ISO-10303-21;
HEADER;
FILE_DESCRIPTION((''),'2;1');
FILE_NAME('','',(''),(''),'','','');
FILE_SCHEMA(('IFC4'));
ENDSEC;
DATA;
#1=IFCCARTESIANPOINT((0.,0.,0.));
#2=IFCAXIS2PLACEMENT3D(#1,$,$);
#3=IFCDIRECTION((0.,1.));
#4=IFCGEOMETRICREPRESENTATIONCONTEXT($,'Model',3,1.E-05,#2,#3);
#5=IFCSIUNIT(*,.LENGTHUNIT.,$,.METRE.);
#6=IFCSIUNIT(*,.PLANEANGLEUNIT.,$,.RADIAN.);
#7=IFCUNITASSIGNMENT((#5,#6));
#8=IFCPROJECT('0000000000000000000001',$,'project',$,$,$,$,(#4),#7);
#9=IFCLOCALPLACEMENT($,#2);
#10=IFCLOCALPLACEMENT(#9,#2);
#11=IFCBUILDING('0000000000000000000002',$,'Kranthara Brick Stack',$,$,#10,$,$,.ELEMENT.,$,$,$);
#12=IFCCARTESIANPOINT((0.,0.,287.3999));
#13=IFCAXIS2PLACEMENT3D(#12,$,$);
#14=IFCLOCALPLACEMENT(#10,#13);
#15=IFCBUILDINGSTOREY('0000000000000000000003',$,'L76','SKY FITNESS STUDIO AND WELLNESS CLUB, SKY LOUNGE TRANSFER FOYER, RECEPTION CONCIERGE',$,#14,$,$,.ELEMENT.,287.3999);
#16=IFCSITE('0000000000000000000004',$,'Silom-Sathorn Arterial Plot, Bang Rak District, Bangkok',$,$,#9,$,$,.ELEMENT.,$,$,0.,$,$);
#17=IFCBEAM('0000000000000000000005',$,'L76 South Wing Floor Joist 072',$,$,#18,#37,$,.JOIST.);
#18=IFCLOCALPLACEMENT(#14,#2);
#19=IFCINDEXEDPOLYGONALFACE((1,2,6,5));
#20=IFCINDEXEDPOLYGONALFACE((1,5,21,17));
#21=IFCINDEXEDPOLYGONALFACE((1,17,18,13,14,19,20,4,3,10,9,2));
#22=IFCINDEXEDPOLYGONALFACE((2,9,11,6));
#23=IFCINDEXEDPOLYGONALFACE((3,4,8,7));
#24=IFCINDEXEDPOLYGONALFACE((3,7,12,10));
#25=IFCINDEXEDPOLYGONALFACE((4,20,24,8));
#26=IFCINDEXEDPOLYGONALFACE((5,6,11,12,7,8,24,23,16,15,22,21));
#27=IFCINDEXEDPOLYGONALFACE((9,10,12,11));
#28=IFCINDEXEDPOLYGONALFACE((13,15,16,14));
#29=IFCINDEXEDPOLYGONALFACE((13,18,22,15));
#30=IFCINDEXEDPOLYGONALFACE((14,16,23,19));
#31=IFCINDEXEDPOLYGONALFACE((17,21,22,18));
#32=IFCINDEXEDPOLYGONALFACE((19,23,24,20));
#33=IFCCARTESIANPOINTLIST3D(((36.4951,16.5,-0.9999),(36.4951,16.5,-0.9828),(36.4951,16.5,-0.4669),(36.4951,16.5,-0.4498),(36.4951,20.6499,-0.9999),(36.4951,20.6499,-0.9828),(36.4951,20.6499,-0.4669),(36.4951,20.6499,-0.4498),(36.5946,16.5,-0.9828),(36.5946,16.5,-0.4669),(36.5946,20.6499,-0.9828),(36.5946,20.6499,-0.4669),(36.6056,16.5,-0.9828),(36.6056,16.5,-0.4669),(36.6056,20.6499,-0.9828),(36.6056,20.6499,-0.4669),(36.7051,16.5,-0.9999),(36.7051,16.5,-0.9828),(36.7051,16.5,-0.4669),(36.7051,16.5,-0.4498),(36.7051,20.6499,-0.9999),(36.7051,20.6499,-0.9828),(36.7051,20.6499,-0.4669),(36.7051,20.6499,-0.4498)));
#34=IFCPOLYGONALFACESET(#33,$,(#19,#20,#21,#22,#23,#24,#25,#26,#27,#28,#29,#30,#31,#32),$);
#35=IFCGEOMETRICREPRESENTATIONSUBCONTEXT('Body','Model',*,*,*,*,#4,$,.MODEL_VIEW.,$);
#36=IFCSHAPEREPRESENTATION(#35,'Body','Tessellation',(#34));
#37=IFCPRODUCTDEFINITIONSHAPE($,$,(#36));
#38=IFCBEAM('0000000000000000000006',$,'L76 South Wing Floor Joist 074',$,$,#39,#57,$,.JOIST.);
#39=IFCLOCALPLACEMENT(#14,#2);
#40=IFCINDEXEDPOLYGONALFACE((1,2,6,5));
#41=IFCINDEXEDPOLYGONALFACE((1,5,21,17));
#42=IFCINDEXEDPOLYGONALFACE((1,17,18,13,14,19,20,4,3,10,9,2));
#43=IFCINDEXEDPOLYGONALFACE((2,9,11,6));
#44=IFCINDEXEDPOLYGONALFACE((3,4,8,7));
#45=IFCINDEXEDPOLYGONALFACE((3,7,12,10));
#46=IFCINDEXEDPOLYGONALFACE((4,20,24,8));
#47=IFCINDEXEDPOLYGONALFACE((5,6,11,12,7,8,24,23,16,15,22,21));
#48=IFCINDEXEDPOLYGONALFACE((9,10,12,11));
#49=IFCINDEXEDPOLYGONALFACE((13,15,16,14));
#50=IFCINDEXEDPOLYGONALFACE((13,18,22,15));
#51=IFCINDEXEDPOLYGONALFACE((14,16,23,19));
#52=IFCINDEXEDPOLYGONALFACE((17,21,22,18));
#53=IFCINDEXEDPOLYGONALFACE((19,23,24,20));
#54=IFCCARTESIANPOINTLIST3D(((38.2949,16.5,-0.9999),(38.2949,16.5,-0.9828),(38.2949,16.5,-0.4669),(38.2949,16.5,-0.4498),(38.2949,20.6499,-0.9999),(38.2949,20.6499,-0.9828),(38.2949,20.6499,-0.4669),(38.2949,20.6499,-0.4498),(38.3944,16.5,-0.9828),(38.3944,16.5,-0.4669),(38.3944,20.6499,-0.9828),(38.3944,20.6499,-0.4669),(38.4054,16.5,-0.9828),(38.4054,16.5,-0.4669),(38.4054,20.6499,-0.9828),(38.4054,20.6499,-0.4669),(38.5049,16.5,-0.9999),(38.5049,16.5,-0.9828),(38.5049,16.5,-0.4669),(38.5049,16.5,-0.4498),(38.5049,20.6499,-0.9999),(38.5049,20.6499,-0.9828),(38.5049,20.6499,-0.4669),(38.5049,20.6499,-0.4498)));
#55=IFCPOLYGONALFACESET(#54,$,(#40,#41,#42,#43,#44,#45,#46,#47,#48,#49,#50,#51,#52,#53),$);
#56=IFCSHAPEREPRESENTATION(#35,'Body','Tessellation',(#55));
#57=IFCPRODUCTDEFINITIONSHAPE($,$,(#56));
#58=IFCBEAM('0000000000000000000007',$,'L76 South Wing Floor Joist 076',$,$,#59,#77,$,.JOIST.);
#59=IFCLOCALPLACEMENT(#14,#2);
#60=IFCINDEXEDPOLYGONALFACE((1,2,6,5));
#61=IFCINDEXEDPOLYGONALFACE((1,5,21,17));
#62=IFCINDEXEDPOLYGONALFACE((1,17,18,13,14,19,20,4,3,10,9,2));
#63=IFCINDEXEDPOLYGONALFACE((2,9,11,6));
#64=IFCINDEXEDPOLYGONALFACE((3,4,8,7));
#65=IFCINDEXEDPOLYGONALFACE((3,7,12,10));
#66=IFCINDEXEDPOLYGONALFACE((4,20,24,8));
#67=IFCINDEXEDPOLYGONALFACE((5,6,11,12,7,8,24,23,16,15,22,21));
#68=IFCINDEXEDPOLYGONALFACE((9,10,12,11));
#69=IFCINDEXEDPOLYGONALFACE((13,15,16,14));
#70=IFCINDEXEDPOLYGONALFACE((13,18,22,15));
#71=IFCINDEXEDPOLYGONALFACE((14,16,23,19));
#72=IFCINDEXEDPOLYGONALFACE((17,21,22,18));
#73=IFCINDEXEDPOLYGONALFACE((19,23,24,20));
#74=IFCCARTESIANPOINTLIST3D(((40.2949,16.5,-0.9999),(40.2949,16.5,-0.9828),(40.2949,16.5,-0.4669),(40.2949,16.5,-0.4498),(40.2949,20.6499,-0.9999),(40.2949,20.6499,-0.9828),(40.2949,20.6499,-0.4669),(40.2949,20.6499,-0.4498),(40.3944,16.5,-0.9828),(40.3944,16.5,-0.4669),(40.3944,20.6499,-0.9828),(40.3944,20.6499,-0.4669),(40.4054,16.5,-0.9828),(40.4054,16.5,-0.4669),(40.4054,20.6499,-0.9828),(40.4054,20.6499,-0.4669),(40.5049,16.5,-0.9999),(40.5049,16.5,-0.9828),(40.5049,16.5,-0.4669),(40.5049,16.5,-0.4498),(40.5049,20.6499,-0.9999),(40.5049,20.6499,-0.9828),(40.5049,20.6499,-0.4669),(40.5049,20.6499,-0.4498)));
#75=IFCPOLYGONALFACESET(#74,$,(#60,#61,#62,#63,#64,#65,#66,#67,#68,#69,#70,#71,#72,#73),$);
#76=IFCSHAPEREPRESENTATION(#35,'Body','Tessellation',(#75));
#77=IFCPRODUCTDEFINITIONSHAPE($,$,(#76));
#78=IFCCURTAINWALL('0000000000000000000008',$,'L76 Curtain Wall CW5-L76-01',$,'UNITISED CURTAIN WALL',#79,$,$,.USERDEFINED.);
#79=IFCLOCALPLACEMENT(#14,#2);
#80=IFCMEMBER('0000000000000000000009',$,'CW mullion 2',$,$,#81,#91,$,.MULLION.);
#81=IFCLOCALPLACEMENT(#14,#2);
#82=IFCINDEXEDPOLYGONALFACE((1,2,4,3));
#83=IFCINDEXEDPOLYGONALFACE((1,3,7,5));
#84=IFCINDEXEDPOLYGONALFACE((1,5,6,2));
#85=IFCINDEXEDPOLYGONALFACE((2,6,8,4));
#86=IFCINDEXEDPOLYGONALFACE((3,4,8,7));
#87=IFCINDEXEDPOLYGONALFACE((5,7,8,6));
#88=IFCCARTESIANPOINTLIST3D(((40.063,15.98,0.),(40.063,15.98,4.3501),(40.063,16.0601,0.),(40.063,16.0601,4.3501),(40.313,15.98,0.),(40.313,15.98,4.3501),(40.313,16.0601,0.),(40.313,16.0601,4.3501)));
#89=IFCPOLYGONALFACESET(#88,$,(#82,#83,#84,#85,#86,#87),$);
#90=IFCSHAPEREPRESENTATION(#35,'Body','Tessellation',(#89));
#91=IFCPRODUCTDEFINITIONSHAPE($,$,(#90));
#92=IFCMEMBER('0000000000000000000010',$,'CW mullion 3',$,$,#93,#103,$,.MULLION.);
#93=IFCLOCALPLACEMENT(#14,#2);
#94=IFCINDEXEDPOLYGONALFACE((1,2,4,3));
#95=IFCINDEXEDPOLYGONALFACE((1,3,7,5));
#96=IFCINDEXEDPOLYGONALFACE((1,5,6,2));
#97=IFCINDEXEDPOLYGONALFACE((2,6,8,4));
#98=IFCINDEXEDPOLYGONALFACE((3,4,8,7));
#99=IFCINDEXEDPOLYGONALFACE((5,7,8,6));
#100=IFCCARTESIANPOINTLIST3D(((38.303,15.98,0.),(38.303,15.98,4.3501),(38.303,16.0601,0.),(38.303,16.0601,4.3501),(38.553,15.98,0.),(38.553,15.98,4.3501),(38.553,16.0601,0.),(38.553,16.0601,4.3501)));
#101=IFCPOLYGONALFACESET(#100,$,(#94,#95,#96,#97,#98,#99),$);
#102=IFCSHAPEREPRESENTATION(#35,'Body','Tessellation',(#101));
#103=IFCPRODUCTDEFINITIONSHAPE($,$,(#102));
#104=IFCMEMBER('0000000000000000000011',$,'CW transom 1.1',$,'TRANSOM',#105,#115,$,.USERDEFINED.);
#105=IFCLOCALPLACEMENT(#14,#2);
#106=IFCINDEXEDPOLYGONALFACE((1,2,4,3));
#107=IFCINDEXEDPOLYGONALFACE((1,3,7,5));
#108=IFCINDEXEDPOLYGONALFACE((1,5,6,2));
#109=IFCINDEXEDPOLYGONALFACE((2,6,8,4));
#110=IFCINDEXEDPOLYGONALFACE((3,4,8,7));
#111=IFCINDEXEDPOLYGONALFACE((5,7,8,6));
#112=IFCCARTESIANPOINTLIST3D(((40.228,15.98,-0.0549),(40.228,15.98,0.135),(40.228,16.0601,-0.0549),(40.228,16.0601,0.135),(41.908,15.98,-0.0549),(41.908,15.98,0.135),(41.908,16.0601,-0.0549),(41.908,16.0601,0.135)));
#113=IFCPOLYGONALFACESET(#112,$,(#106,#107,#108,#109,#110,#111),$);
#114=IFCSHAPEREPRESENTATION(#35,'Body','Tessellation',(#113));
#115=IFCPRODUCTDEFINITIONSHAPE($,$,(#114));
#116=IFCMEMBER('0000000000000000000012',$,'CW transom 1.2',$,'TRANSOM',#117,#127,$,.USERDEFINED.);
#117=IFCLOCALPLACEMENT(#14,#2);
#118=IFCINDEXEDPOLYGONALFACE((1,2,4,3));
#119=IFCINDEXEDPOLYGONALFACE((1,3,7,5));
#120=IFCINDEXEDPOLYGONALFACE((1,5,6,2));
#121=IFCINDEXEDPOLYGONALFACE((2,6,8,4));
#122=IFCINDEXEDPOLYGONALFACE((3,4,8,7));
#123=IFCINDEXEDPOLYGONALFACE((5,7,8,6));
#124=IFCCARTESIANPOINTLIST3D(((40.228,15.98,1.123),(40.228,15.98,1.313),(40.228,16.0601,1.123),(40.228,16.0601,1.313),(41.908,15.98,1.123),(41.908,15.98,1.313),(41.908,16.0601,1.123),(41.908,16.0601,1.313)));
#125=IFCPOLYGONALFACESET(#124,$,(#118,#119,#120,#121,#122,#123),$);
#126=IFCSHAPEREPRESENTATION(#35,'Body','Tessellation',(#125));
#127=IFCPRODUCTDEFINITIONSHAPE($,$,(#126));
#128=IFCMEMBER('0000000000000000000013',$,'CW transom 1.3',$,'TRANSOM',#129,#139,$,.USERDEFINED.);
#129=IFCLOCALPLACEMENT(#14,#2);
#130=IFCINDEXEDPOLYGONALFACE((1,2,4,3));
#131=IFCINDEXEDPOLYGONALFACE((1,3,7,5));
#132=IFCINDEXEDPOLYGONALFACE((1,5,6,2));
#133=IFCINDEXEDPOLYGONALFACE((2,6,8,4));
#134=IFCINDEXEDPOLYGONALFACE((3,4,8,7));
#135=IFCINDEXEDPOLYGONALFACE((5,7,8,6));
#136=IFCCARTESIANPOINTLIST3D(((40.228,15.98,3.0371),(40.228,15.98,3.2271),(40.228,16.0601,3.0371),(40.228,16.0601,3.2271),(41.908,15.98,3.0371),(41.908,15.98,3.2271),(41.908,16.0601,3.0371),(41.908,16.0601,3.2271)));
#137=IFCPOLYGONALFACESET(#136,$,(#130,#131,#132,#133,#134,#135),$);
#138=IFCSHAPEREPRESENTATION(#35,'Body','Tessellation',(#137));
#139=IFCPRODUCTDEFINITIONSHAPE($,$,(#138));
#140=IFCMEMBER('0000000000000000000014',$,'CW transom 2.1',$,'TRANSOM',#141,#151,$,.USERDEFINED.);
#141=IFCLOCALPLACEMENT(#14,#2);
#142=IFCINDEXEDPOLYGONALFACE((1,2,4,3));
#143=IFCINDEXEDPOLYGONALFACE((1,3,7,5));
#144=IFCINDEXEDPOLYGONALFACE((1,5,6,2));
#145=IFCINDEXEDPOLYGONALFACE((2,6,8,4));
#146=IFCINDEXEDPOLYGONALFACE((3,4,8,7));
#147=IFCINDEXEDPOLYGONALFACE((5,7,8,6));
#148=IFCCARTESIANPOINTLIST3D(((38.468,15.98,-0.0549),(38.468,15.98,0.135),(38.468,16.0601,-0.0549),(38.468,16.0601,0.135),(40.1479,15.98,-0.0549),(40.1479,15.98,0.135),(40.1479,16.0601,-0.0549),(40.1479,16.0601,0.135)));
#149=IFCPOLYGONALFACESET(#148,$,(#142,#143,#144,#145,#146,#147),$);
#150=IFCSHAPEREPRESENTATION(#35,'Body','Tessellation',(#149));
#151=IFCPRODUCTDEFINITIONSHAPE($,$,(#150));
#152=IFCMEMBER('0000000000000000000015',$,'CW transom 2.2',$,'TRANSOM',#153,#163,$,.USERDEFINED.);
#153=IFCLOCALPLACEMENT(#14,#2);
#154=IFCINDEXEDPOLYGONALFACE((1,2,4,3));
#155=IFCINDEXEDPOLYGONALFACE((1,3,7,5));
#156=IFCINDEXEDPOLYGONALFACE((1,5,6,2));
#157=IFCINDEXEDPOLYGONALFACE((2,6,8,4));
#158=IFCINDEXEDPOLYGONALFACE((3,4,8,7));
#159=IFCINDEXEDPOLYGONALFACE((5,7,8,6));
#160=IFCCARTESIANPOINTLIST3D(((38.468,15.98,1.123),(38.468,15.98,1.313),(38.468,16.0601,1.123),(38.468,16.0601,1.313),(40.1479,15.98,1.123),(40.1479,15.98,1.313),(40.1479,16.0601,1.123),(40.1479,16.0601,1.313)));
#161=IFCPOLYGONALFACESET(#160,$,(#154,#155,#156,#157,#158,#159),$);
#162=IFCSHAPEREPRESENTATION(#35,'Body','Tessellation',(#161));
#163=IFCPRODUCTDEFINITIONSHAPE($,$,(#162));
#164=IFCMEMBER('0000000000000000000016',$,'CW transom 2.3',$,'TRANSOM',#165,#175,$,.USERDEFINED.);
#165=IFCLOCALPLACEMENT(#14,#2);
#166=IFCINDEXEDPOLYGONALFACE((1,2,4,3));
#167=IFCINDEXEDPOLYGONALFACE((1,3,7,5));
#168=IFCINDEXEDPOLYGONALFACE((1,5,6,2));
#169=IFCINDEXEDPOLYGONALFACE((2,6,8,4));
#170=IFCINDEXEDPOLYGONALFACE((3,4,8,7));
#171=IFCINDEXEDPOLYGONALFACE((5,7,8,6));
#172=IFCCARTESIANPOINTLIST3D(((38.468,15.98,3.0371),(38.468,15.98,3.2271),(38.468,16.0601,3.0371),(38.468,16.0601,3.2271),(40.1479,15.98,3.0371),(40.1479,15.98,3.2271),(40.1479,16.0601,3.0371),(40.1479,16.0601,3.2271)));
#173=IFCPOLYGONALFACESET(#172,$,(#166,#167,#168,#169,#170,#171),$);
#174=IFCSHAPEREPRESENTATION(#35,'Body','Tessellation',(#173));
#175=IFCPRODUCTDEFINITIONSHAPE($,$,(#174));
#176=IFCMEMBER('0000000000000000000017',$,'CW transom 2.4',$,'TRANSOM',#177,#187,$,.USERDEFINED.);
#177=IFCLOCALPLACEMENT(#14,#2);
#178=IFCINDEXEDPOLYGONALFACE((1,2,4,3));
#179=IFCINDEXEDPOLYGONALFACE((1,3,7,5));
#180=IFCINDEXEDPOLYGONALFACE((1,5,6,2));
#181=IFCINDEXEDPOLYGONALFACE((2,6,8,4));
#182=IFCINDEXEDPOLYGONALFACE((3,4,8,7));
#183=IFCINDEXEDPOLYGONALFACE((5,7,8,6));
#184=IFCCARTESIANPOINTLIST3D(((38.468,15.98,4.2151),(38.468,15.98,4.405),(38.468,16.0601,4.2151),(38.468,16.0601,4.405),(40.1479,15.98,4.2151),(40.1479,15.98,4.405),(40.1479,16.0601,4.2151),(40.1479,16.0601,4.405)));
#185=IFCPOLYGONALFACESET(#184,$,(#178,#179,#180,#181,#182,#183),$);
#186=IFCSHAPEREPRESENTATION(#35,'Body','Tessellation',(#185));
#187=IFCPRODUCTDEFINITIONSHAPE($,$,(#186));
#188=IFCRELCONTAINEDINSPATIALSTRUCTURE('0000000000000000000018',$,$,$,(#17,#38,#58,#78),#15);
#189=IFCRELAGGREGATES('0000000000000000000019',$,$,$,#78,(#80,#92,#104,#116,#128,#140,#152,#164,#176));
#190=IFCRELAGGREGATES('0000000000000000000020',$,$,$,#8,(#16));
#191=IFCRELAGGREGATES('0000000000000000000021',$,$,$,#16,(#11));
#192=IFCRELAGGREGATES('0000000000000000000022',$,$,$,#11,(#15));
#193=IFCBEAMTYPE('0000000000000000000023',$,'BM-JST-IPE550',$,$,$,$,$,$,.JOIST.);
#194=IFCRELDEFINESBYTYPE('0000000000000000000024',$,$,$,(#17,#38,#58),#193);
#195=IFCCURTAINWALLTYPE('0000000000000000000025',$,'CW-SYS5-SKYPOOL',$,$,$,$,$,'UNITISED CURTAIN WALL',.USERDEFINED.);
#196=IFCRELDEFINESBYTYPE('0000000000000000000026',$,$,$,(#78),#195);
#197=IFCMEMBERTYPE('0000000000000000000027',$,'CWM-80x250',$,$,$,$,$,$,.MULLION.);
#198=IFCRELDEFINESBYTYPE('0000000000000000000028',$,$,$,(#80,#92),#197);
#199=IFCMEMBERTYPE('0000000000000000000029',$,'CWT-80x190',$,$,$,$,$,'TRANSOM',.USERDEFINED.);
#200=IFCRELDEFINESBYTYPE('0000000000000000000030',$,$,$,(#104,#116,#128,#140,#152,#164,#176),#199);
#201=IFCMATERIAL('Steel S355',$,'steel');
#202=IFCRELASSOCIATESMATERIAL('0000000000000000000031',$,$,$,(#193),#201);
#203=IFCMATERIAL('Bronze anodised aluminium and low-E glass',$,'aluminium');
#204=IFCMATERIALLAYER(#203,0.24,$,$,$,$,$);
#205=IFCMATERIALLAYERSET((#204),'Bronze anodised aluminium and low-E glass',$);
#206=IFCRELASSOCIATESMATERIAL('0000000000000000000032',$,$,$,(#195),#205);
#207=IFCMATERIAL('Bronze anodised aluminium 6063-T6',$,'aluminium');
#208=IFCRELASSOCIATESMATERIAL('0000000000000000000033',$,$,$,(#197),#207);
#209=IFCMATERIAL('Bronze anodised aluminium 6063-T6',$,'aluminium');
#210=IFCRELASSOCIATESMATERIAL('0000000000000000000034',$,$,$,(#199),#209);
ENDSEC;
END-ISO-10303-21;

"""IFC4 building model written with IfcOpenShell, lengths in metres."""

from ifc_helpers import new_model, si_unit, direction, frame, origin, origin_2d, place, context, subcontext, project, spatial, rectangle, i_section, extrude, material, layer, layer_set, material_profile, profile_set, type_object, element, aggregate, save


model = new_model("IFC4")

# Units and contexts
model_context = context("Model", 3, precision=1e-05, world=origin(), true_north=direction((0.0, 1.0)))
body_context = subcontext(model_context, "Body", "Model", "MODEL_VIEW")
ifc_project = project(units=[si_unit("LENGTHUNIT", "METRE"), si_unit("PLANEANGLEUNIT", "RADIAN")], contexts=[model_context])

# Site, building, storey
site_placement = place(None, origin())
site = spatial("IfcSite", under=ifc_project, at=site_placement, Name="Silom-Sathorn Arterial Plot, Bang Rak District, Bangkok", CompositionType="ELEMENT", RefElevation=0.0)
building_placement = place(site_placement, origin())
building = spatial("IfcBuilding", under=site, at=building_placement, Name="Kranthara Brick Stack", CompositionType="ELEMENT")
storey_placement = place(building_placement, frame((0.0, 0.0, 287.3999)))
storey = spatial("IfcBuildingStorey", under=building, at=storey_placement, Name="L76", Description="SKY FITNESS STUDIO AND WELLNESS CLUB, SKY LOUNGE TRANSFER FOYER, RECEPTION CONCIERGE", CompositionType="ELEMENT", Elevation=287.3999)

# Beams
ifc_material_1 = material(Name="Steel S355", Category="steel")
ifc_material_profile_1 = material_profile(ifc_material_1, i_section(OverallWidth=0.21, OverallDepth=0.55, WebThickness=0.011, FlangeThickness=0.0171, at=origin_2d()), Name="IPE 550")
ifc_profile_set_1 = profile_set([ifc_material_profile_1], Name="Steel S355")
beam_type = type_object("IfcBeamType", Name="BM-JST-IPE550", PredefinedType="JOIST", material=ifc_profile_set_1)
for number, where, z_axis, x_axis, name in (
    (1, (36.6001, 16.5, -0.7249), (0.0, 1.0, 0.0), (-1.0, 0.0, 0.0), "L76 South Wing Floor Joist 072"),
    (2, (38.3999, 16.5, -0.7249), (0.0, 1.0, 0.0), (-1.0, 0.0, 0.0), "L76 South Wing Floor Joist 074"),
    (3, (40.3999, 16.5, -0.7249), (0.0, 1.0, 0.0), (-1.0, 0.0, 0.0), "L76 South Wing Floor Joist 076"),
):
    element("IfcBeam", number, at=place(storey_placement, frame(where, z_axis=z_axis, x_axis=x_axis)), inside=storey, type_object=beam_type, Name=name, PredefinedType="JOIST", context=body_context, shape_type="SweptSolid", body=[
        extrude(i_section(OverallWidth=0.21, OverallDepth=0.55, WebThickness=0.011, FlangeThickness=0.0171, at=origin_2d()), origin(), (0.0, 0.0, 1.0), 4.1499),
    ])

# Curtain wall, members
ifc_material_2 = material(Name="Bronze anodised aluminium and low-E glass", Category="aluminium")
ifc_layer_1 = layer(ifc_material_2, 0.24)
ifc_layer_set_1 = layer_set([ifc_layer_1], Name="Bronze anodised aluminium and low-E glass")
curtain_wall_type = type_object("IfcCurtainWallType", Name="CW-SYS5-SKYPOOL", ElementType="UNITISED CURTAIN WALL", PredefinedType="USERDEFINED", material=ifc_layer_set_1)
curtain_wall_placement = place(storey_placement, origin())
curtain_wall = element("IfcCurtainWall", 4, at=curtain_wall_placement, inside=storey, type_object=curtain_wall_type, Name="L76 Curtain Wall CW5-L76-01", ObjectType="UNITISED CURTAIN WALL", PredefinedType="USERDEFINED")
ifc_material_3 = material(Name="Bronze anodised aluminium 6063-T6", Category="aluminium")
ifc_material_profile_2 = material_profile(ifc_material_3, rectangle(XDim=0.0801, YDim=0.25, at=origin_2d()), Name="ALU MULLION 80x250")
ifc_profile_set_2 = profile_set([ifc_material_profile_2], Name="Bronze anodised aluminium 6063-T6")
member_type_1 = type_object("IfcMemberType", Name="CWM-80x250", PredefinedType="MULLION", material=ifc_profile_set_2)
member_1_placement = place(storey_placement, frame((40.188, 16.02, 0.0), z_axis=(0.0, 0.0, 1.0), x_axis=(0.0, -1.0, 0.0)))
member_1 = element("IfcMember", 5, at=member_1_placement, type_object=member_type_1, Name="CW mullion 2", PredefinedType="MULLION", context=body_context, shape_type="SweptSolid", body=[
    extrude(rectangle(XDim=0.0801, YDim=0.25, at=origin_2d()), origin(), (0.0, 0.0, 1.0), 4.3501),
])
member_2_placement = place(storey_placement, frame((38.428, 16.02, 0.0), z_axis=(0.0, 0.0, 1.0), x_axis=(0.0, -1.0, 0.0)))
member_2 = element("IfcMember", 6, at=member_2_placement, type_object=member_type_1, Name="CW mullion 3", PredefinedType="MULLION", context=body_context, shape_type="SweptSolid", body=[
    extrude(rectangle(XDim=0.0801, YDim=0.25, at=origin_2d()), origin(), (0.0, 0.0, 1.0), 4.3501),
])
ifc_material_4 = material(Name="Bronze anodised aluminium 6063-T6", Category="aluminium")
ifc_material_profile_3 = material_profile(ifc_material_4, rectangle(XDim=0.0801, YDim=0.1899, at=origin_2d()), Name="ALU TRANSOM 80x190")
ifc_profile_set_3 = profile_set([ifc_material_profile_3], Name="Bronze anodised aluminium 6063-T6")
member_type_2 = type_object("IfcMemberType", Name="CWT-80x190", ElementType="TRANSOM", PredefinedType="USERDEFINED", material=ifc_profile_set_3)
member_3_placement = place(storey_placement, frame((41.908, 16.02, 0.04), z_axis=(-1.0, 0.0, 0.0), x_axis=(0.0, -1.0, 0.0)))
member_3 = element("IfcMember", 7, at=member_3_placement, type_object=member_type_2, Name="CW transom 1.1", ObjectType="TRANSOM", PredefinedType="USERDEFINED", context=body_context, shape_type="SweptSolid", body=[
    extrude(rectangle(XDim=0.0801, YDim=0.1899, at=origin_2d()), origin(), (0.0, 0.0, 1.0), 1.6799),
])
member_4_placement = place(storey_placement, frame((41.908, 16.02, 1.218), z_axis=(-1.0, 0.0, 0.0), x_axis=(0.0, -1.0, 0.0)))
member_4 = element("IfcMember", 8, at=member_4_placement, type_object=member_type_2, Name="CW transom 1.2", ObjectType="TRANSOM", PredefinedType="USERDEFINED", context=body_context, shape_type="SweptSolid", body=[
    extrude(rectangle(XDim=0.0801, YDim=0.1899, at=origin_2d()), origin(), (0.0, 0.0, 1.0), 1.6799),
])
member_5_placement = place(storey_placement, frame((41.908, 16.02, 3.1321), z_axis=(-1.0, 0.0, 0.0), x_axis=(0.0, -1.0, 0.0)))
member_5 = element("IfcMember", 9, at=member_5_placement, type_object=member_type_2, Name="CW transom 1.3", ObjectType="TRANSOM", PredefinedType="USERDEFINED", context=body_context, shape_type="SweptSolid", body=[
    extrude(rectangle(XDim=0.0801, YDim=0.1899, at=origin_2d()), origin(), (0.0, 0.0, 1.0), 1.6799),
])
member_6_placement = place(storey_placement, frame((40.1479, 16.02, 0.04), z_axis=(-1.0, 0.0, 0.0), x_axis=(0.0, -1.0, 0.0)))
member_6 = element("IfcMember", 10, at=member_6_placement, type_object=member_type_2, Name="CW transom 2.1", ObjectType="TRANSOM", PredefinedType="USERDEFINED", context=body_context, shape_type="SweptSolid", body=[
    extrude(rectangle(XDim=0.0801, YDim=0.1899, at=origin_2d()), origin(), (0.0, 0.0, 1.0), 1.6799),
])
member_7_placement = place(storey_placement, frame((40.1479, 16.02, 1.218), z_axis=(-1.0, 0.0, 0.0), x_axis=(0.0, -1.0, 0.0)))
member_7 = element("IfcMember", 11, at=member_7_placement, type_object=member_type_2, Name="CW transom 2.2", ObjectType="TRANSOM", PredefinedType="USERDEFINED", context=body_context, shape_type="SweptSolid", body=[
    extrude(rectangle(XDim=0.0801, YDim=0.1899, at=origin_2d()), origin(), (0.0, 0.0, 1.0), 1.6799),
])
member_8_placement = place(storey_placement, frame((40.1479, 16.02, 3.1321), z_axis=(-1.0, 0.0, 0.0), x_axis=(0.0, -1.0, 0.0)))
member_8 = element("IfcMember", 12, at=member_8_placement, type_object=member_type_2, Name="CW transom 2.3", ObjectType="TRANSOM", PredefinedType="USERDEFINED", context=body_context, shape_type="SweptSolid", body=[
    extrude(rectangle(XDim=0.0801, YDim=0.1899, at=origin_2d()), origin(), (0.0, 0.0, 1.0), 1.6799),
])
member_9_placement = place(storey_placement, frame((40.1479, 16.02, 4.3101), z_axis=(-1.0, 0.0, 0.0), x_axis=(0.0, -1.0, 0.0)))
member_9 = element("IfcMember", 13, at=member_9_placement, type_object=member_type_2, Name="CW transom 2.4", ObjectType="TRANSOM", PredefinedType="USERDEFINED", context=body_context, shape_type="SweptSolid", body=[
    extrude(rectangle(XDim=0.0801, YDim=0.1899, at=origin_2d()), origin(), (0.0, 0.0, 1.0), 1.6799),
])
aggregate(curtain_wall, [member_1, member_2, member_3, member_4, member_5, member_6, member_7, member_8, member_9])

save(model, "model.ifc")
